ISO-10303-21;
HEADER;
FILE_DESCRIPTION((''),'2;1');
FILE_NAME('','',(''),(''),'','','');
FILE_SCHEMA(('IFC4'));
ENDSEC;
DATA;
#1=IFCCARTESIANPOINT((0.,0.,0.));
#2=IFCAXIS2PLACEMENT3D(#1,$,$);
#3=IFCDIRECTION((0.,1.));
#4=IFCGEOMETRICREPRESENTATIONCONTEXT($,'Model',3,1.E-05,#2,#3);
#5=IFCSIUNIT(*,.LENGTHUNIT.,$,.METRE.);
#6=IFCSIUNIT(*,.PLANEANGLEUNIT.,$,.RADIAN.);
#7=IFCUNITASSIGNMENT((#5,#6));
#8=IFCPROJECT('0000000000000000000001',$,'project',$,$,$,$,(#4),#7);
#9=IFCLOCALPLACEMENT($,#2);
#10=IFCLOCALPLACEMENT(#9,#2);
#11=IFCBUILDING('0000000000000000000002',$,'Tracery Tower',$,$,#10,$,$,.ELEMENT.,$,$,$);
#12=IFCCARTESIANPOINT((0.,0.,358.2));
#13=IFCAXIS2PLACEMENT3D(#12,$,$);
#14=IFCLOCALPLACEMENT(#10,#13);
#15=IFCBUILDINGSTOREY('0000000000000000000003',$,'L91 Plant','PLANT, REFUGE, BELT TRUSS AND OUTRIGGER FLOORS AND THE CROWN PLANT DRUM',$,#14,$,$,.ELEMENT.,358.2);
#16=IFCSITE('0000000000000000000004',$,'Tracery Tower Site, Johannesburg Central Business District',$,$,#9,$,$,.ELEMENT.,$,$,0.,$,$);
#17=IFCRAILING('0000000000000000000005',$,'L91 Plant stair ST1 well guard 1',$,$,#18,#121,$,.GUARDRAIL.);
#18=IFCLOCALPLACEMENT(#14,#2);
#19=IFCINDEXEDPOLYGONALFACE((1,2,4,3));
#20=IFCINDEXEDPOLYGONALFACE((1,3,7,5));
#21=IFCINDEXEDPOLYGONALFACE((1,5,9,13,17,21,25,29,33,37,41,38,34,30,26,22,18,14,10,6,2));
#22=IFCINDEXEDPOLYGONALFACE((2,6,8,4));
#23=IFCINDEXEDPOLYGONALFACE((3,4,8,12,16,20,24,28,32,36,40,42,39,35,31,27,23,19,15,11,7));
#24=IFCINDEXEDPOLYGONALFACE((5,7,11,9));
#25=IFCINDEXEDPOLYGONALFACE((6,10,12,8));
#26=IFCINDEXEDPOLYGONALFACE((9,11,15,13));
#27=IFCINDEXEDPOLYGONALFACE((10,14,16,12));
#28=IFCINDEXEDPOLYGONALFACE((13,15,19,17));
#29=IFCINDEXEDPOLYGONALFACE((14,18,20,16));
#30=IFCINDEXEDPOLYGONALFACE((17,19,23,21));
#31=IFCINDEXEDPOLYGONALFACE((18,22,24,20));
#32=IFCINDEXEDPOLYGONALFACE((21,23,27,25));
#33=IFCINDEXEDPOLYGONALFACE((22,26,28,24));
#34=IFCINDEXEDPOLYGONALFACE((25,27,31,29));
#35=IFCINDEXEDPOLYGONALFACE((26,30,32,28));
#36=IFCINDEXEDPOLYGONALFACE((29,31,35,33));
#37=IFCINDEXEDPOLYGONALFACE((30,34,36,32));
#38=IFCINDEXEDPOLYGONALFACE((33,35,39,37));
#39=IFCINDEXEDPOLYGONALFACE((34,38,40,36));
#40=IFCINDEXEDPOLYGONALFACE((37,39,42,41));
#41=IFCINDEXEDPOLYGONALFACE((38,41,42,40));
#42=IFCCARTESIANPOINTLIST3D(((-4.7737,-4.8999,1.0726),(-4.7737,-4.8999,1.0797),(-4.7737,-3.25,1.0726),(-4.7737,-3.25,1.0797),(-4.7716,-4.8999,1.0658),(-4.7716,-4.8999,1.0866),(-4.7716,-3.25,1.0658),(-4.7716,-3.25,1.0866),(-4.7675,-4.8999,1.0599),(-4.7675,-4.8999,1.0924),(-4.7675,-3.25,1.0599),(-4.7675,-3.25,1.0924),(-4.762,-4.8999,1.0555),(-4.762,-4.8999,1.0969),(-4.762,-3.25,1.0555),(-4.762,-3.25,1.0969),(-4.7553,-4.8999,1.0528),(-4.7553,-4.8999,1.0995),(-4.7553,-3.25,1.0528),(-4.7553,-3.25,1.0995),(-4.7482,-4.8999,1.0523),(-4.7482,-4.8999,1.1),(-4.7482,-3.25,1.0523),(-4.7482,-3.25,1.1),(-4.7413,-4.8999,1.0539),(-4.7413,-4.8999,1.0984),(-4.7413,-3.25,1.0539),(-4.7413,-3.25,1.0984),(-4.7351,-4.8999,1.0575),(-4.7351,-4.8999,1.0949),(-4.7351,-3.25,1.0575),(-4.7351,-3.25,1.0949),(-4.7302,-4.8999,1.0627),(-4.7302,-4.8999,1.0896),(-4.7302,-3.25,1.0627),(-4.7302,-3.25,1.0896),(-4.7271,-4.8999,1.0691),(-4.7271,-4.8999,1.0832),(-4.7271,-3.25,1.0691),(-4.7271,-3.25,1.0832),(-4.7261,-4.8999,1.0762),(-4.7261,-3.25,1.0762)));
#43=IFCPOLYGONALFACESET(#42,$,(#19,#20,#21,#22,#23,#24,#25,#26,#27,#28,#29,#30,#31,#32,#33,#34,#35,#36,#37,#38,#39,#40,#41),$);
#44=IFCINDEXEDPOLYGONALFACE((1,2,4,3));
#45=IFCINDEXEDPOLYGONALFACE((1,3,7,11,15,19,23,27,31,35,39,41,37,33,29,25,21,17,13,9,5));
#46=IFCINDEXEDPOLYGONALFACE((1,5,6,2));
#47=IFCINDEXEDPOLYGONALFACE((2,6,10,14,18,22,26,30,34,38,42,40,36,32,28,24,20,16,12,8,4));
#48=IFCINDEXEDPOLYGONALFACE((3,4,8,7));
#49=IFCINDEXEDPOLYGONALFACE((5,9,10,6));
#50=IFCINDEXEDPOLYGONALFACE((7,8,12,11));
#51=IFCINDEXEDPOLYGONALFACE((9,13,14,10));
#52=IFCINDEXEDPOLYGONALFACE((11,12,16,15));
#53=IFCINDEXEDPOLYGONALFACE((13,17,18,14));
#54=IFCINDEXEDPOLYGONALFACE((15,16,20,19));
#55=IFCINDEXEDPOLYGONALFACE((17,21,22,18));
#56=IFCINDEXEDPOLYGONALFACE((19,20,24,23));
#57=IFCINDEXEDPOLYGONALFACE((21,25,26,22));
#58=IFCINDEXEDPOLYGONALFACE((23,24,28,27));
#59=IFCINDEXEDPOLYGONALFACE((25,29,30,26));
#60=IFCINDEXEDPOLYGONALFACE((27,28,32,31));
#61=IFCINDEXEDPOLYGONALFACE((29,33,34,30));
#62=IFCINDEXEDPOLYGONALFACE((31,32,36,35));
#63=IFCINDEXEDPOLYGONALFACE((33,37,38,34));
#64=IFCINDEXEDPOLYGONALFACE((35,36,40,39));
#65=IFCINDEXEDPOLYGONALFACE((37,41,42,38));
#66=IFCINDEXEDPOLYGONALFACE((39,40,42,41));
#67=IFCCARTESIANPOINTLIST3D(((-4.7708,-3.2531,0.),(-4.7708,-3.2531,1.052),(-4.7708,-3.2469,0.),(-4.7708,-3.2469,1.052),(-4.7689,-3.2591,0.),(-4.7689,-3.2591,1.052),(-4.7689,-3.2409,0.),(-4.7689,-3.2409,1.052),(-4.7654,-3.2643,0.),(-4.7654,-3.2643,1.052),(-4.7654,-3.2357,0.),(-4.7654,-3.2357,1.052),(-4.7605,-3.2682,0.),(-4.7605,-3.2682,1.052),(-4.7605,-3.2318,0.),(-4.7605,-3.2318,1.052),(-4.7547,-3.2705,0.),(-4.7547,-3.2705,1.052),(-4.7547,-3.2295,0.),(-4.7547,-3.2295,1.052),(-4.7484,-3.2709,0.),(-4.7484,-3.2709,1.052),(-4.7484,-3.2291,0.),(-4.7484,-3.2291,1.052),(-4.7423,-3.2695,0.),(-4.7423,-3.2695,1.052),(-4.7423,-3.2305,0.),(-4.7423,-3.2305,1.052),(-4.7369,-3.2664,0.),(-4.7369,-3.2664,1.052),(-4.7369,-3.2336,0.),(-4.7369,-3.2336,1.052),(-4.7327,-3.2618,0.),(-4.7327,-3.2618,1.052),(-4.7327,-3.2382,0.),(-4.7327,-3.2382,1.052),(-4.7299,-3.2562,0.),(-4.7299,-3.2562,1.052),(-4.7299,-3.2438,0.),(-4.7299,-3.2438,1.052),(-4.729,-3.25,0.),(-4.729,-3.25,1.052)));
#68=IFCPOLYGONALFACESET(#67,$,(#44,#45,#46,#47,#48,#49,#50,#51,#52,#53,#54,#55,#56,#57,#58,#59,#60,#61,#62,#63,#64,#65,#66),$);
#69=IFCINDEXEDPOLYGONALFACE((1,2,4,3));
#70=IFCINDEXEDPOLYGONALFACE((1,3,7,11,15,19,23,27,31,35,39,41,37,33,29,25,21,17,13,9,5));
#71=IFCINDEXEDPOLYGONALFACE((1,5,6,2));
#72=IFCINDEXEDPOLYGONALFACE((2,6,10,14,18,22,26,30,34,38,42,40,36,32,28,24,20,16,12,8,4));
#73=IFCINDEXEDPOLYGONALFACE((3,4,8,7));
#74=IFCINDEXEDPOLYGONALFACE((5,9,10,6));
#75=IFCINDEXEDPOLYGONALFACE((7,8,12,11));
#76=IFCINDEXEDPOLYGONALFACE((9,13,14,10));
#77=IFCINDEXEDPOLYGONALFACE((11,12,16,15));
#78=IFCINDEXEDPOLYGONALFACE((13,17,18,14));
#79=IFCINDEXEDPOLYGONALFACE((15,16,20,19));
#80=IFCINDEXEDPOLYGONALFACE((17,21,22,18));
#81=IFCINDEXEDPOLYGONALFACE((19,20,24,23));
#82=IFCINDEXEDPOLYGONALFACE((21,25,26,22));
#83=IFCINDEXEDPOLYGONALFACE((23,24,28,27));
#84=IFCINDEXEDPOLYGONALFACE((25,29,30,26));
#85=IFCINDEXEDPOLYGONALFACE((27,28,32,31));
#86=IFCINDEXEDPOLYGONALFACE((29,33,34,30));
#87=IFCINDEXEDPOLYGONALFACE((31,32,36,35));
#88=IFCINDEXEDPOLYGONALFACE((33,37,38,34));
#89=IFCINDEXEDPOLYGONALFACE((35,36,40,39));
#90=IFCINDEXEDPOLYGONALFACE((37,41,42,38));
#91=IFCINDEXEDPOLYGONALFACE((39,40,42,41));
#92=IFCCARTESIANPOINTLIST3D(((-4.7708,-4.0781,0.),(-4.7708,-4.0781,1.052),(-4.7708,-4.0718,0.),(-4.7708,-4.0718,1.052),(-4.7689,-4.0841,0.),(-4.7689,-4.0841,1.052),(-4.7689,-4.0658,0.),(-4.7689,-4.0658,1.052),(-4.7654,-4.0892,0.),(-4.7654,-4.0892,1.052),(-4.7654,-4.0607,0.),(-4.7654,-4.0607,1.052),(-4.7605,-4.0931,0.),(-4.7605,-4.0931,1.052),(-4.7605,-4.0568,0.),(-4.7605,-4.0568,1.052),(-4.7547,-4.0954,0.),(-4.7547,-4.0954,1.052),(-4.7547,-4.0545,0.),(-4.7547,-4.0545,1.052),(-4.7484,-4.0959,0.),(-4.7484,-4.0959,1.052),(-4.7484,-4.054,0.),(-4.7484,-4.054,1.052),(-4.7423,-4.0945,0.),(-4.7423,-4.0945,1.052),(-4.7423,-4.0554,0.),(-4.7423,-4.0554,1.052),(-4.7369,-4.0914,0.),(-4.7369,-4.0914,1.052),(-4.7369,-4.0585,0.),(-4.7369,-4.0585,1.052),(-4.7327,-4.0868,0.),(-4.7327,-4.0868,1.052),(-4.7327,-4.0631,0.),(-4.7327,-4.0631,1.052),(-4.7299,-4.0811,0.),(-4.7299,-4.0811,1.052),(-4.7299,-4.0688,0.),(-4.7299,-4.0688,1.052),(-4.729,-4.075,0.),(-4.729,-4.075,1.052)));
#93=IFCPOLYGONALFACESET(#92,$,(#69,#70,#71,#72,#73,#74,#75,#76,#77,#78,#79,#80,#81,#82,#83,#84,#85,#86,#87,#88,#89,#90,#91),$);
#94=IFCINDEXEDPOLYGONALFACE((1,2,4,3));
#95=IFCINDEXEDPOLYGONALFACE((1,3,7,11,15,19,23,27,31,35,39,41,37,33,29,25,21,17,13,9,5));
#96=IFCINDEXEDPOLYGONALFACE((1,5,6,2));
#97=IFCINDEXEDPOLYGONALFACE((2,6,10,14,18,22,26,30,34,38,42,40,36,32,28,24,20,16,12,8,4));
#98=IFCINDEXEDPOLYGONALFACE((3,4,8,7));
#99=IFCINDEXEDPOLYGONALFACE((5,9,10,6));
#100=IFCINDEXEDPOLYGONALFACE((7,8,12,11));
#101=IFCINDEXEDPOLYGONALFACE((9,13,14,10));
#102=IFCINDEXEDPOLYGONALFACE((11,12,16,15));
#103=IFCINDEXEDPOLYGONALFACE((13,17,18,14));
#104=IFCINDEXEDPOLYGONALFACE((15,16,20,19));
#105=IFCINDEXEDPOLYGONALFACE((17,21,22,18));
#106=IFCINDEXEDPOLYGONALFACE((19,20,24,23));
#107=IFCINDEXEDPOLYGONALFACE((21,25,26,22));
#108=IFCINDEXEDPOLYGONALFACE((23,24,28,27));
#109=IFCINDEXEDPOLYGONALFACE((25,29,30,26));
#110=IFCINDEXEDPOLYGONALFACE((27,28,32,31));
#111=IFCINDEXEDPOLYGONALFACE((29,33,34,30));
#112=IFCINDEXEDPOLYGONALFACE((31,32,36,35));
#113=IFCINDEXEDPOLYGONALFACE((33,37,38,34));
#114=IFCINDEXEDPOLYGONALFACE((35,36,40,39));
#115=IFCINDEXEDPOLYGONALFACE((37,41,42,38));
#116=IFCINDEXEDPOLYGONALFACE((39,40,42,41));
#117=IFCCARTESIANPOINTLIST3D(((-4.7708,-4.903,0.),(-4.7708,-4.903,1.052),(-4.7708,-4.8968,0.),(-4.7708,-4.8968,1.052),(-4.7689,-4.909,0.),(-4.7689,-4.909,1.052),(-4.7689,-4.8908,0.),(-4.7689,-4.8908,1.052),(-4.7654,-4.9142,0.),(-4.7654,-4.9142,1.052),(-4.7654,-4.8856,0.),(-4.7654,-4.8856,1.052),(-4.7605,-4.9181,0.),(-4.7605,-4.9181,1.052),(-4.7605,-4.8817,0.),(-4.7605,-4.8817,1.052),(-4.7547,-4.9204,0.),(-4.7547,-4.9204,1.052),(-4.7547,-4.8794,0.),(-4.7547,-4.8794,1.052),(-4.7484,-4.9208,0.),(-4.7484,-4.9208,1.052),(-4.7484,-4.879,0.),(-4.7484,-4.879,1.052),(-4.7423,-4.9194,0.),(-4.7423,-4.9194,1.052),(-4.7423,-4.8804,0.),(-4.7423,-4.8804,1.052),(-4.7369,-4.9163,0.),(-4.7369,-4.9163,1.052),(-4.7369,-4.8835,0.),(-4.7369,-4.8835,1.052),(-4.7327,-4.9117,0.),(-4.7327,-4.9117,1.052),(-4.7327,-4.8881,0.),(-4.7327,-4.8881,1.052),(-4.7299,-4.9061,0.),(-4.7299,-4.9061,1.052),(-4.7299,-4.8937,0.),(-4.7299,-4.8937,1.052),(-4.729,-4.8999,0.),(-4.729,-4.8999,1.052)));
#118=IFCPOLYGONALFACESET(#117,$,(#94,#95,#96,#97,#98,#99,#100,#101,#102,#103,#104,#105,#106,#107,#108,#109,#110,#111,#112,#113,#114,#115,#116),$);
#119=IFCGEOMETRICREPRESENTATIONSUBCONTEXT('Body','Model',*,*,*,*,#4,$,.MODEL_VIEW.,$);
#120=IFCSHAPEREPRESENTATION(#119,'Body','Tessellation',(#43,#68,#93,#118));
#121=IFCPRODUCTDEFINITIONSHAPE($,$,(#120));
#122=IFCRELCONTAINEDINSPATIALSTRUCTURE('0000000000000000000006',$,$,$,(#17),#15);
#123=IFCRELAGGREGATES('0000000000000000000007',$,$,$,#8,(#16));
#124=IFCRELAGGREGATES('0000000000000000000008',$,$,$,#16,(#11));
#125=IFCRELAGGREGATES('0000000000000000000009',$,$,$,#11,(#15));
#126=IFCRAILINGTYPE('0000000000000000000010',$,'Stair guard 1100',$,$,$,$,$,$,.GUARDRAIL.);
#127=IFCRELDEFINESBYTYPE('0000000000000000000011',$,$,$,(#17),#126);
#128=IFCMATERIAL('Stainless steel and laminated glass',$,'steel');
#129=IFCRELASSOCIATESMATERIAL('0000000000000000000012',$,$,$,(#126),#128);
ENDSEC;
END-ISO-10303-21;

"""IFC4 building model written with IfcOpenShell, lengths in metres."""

from ifc_helpers import new_model, si_unit, direction, frame, origin, origin_2d, place, context, subcontext, project, spatial, circle, extrude, material, type_object, element, save


model = new_model("IFC4")

# Units and contexts
model_context = context("Model", 3, precision=1e-05, world=origin(), true_north=direction((0.0, 1.0)))
body_context = subcontext(model_context, "Body", "Model", "MODEL_VIEW")
ifc_project = project(units=[si_unit("LENGTHUNIT", "METRE"), si_unit("PLANEANGLEUNIT", "RADIAN")], contexts=[model_context])

# Site, building, storey
site_placement = place(None, origin())
site = spatial("IfcSite", under=ifc_project, at=site_placement, Name="Tracery Tower Site, Johannesburg Central Business District", CompositionType="ELEMENT", RefElevation=0.0)
building_placement = place(site_placement, origin())
building = spatial("IfcBuilding", under=site, at=building_placement, Name="Tracery Tower", CompositionType="ELEMENT")
storey_placement = place(building_placement, frame((0.0, 0.0, 358.2)))
storey = spatial("IfcBuildingStorey", under=building, at=storey_placement, Name="L91 Plant", Description="PLANT, REFUGE, BELT TRUSS AND OUTRIGGER FLOORS AND THE CROWN PLANT DRUM", CompositionType="ELEMENT", Elevation=358.2)

# Railing
ifc_material_1 = material(Name="Stainless steel and laminated glass", Category="steel")
railing_type = type_object("IfcRailingType", Name="Stair guard 1100", PredefinedType="GUARDRAIL", material=ifc_material_1)
railing_placement = place(storey_placement, frame((-4.75, -3.25, 0.0)))
element("IfcRailing", 1, at=railing_placement, inside=storey, type_object=railing_type, Name="L91 Plant stair ST1 well guard 1", PredefinedType="GUARDRAIL", context=body_context, shape_type="SweptSolid", body=[
    extrude(circle(Radius=0.0239, at=origin_2d()), frame((0.0, 0.0, 1.0762), z_axis=(0.0, -1.0, 0.0), x_axis=(1.0, 0.0, 0.0)), (0.0, 0.0, 1.0), 1.6499),
    extrude(circle(Radius=0.021, at=origin_2d()), origin(), (0.0, 0.0, 1.0), 1.052),
    extrude(circle(Radius=0.021, at=origin_2d()), frame((0.0, -0.825, 0.0)), (0.0, 0.0, 1.0), 1.052),
    extrude(circle(Radius=0.021, at=origin_2d()), frame((0.0, -1.6499, 0.0)), (0.0, 0.0, 1.0), 1.052),
])

save(model, "model.ifc")
